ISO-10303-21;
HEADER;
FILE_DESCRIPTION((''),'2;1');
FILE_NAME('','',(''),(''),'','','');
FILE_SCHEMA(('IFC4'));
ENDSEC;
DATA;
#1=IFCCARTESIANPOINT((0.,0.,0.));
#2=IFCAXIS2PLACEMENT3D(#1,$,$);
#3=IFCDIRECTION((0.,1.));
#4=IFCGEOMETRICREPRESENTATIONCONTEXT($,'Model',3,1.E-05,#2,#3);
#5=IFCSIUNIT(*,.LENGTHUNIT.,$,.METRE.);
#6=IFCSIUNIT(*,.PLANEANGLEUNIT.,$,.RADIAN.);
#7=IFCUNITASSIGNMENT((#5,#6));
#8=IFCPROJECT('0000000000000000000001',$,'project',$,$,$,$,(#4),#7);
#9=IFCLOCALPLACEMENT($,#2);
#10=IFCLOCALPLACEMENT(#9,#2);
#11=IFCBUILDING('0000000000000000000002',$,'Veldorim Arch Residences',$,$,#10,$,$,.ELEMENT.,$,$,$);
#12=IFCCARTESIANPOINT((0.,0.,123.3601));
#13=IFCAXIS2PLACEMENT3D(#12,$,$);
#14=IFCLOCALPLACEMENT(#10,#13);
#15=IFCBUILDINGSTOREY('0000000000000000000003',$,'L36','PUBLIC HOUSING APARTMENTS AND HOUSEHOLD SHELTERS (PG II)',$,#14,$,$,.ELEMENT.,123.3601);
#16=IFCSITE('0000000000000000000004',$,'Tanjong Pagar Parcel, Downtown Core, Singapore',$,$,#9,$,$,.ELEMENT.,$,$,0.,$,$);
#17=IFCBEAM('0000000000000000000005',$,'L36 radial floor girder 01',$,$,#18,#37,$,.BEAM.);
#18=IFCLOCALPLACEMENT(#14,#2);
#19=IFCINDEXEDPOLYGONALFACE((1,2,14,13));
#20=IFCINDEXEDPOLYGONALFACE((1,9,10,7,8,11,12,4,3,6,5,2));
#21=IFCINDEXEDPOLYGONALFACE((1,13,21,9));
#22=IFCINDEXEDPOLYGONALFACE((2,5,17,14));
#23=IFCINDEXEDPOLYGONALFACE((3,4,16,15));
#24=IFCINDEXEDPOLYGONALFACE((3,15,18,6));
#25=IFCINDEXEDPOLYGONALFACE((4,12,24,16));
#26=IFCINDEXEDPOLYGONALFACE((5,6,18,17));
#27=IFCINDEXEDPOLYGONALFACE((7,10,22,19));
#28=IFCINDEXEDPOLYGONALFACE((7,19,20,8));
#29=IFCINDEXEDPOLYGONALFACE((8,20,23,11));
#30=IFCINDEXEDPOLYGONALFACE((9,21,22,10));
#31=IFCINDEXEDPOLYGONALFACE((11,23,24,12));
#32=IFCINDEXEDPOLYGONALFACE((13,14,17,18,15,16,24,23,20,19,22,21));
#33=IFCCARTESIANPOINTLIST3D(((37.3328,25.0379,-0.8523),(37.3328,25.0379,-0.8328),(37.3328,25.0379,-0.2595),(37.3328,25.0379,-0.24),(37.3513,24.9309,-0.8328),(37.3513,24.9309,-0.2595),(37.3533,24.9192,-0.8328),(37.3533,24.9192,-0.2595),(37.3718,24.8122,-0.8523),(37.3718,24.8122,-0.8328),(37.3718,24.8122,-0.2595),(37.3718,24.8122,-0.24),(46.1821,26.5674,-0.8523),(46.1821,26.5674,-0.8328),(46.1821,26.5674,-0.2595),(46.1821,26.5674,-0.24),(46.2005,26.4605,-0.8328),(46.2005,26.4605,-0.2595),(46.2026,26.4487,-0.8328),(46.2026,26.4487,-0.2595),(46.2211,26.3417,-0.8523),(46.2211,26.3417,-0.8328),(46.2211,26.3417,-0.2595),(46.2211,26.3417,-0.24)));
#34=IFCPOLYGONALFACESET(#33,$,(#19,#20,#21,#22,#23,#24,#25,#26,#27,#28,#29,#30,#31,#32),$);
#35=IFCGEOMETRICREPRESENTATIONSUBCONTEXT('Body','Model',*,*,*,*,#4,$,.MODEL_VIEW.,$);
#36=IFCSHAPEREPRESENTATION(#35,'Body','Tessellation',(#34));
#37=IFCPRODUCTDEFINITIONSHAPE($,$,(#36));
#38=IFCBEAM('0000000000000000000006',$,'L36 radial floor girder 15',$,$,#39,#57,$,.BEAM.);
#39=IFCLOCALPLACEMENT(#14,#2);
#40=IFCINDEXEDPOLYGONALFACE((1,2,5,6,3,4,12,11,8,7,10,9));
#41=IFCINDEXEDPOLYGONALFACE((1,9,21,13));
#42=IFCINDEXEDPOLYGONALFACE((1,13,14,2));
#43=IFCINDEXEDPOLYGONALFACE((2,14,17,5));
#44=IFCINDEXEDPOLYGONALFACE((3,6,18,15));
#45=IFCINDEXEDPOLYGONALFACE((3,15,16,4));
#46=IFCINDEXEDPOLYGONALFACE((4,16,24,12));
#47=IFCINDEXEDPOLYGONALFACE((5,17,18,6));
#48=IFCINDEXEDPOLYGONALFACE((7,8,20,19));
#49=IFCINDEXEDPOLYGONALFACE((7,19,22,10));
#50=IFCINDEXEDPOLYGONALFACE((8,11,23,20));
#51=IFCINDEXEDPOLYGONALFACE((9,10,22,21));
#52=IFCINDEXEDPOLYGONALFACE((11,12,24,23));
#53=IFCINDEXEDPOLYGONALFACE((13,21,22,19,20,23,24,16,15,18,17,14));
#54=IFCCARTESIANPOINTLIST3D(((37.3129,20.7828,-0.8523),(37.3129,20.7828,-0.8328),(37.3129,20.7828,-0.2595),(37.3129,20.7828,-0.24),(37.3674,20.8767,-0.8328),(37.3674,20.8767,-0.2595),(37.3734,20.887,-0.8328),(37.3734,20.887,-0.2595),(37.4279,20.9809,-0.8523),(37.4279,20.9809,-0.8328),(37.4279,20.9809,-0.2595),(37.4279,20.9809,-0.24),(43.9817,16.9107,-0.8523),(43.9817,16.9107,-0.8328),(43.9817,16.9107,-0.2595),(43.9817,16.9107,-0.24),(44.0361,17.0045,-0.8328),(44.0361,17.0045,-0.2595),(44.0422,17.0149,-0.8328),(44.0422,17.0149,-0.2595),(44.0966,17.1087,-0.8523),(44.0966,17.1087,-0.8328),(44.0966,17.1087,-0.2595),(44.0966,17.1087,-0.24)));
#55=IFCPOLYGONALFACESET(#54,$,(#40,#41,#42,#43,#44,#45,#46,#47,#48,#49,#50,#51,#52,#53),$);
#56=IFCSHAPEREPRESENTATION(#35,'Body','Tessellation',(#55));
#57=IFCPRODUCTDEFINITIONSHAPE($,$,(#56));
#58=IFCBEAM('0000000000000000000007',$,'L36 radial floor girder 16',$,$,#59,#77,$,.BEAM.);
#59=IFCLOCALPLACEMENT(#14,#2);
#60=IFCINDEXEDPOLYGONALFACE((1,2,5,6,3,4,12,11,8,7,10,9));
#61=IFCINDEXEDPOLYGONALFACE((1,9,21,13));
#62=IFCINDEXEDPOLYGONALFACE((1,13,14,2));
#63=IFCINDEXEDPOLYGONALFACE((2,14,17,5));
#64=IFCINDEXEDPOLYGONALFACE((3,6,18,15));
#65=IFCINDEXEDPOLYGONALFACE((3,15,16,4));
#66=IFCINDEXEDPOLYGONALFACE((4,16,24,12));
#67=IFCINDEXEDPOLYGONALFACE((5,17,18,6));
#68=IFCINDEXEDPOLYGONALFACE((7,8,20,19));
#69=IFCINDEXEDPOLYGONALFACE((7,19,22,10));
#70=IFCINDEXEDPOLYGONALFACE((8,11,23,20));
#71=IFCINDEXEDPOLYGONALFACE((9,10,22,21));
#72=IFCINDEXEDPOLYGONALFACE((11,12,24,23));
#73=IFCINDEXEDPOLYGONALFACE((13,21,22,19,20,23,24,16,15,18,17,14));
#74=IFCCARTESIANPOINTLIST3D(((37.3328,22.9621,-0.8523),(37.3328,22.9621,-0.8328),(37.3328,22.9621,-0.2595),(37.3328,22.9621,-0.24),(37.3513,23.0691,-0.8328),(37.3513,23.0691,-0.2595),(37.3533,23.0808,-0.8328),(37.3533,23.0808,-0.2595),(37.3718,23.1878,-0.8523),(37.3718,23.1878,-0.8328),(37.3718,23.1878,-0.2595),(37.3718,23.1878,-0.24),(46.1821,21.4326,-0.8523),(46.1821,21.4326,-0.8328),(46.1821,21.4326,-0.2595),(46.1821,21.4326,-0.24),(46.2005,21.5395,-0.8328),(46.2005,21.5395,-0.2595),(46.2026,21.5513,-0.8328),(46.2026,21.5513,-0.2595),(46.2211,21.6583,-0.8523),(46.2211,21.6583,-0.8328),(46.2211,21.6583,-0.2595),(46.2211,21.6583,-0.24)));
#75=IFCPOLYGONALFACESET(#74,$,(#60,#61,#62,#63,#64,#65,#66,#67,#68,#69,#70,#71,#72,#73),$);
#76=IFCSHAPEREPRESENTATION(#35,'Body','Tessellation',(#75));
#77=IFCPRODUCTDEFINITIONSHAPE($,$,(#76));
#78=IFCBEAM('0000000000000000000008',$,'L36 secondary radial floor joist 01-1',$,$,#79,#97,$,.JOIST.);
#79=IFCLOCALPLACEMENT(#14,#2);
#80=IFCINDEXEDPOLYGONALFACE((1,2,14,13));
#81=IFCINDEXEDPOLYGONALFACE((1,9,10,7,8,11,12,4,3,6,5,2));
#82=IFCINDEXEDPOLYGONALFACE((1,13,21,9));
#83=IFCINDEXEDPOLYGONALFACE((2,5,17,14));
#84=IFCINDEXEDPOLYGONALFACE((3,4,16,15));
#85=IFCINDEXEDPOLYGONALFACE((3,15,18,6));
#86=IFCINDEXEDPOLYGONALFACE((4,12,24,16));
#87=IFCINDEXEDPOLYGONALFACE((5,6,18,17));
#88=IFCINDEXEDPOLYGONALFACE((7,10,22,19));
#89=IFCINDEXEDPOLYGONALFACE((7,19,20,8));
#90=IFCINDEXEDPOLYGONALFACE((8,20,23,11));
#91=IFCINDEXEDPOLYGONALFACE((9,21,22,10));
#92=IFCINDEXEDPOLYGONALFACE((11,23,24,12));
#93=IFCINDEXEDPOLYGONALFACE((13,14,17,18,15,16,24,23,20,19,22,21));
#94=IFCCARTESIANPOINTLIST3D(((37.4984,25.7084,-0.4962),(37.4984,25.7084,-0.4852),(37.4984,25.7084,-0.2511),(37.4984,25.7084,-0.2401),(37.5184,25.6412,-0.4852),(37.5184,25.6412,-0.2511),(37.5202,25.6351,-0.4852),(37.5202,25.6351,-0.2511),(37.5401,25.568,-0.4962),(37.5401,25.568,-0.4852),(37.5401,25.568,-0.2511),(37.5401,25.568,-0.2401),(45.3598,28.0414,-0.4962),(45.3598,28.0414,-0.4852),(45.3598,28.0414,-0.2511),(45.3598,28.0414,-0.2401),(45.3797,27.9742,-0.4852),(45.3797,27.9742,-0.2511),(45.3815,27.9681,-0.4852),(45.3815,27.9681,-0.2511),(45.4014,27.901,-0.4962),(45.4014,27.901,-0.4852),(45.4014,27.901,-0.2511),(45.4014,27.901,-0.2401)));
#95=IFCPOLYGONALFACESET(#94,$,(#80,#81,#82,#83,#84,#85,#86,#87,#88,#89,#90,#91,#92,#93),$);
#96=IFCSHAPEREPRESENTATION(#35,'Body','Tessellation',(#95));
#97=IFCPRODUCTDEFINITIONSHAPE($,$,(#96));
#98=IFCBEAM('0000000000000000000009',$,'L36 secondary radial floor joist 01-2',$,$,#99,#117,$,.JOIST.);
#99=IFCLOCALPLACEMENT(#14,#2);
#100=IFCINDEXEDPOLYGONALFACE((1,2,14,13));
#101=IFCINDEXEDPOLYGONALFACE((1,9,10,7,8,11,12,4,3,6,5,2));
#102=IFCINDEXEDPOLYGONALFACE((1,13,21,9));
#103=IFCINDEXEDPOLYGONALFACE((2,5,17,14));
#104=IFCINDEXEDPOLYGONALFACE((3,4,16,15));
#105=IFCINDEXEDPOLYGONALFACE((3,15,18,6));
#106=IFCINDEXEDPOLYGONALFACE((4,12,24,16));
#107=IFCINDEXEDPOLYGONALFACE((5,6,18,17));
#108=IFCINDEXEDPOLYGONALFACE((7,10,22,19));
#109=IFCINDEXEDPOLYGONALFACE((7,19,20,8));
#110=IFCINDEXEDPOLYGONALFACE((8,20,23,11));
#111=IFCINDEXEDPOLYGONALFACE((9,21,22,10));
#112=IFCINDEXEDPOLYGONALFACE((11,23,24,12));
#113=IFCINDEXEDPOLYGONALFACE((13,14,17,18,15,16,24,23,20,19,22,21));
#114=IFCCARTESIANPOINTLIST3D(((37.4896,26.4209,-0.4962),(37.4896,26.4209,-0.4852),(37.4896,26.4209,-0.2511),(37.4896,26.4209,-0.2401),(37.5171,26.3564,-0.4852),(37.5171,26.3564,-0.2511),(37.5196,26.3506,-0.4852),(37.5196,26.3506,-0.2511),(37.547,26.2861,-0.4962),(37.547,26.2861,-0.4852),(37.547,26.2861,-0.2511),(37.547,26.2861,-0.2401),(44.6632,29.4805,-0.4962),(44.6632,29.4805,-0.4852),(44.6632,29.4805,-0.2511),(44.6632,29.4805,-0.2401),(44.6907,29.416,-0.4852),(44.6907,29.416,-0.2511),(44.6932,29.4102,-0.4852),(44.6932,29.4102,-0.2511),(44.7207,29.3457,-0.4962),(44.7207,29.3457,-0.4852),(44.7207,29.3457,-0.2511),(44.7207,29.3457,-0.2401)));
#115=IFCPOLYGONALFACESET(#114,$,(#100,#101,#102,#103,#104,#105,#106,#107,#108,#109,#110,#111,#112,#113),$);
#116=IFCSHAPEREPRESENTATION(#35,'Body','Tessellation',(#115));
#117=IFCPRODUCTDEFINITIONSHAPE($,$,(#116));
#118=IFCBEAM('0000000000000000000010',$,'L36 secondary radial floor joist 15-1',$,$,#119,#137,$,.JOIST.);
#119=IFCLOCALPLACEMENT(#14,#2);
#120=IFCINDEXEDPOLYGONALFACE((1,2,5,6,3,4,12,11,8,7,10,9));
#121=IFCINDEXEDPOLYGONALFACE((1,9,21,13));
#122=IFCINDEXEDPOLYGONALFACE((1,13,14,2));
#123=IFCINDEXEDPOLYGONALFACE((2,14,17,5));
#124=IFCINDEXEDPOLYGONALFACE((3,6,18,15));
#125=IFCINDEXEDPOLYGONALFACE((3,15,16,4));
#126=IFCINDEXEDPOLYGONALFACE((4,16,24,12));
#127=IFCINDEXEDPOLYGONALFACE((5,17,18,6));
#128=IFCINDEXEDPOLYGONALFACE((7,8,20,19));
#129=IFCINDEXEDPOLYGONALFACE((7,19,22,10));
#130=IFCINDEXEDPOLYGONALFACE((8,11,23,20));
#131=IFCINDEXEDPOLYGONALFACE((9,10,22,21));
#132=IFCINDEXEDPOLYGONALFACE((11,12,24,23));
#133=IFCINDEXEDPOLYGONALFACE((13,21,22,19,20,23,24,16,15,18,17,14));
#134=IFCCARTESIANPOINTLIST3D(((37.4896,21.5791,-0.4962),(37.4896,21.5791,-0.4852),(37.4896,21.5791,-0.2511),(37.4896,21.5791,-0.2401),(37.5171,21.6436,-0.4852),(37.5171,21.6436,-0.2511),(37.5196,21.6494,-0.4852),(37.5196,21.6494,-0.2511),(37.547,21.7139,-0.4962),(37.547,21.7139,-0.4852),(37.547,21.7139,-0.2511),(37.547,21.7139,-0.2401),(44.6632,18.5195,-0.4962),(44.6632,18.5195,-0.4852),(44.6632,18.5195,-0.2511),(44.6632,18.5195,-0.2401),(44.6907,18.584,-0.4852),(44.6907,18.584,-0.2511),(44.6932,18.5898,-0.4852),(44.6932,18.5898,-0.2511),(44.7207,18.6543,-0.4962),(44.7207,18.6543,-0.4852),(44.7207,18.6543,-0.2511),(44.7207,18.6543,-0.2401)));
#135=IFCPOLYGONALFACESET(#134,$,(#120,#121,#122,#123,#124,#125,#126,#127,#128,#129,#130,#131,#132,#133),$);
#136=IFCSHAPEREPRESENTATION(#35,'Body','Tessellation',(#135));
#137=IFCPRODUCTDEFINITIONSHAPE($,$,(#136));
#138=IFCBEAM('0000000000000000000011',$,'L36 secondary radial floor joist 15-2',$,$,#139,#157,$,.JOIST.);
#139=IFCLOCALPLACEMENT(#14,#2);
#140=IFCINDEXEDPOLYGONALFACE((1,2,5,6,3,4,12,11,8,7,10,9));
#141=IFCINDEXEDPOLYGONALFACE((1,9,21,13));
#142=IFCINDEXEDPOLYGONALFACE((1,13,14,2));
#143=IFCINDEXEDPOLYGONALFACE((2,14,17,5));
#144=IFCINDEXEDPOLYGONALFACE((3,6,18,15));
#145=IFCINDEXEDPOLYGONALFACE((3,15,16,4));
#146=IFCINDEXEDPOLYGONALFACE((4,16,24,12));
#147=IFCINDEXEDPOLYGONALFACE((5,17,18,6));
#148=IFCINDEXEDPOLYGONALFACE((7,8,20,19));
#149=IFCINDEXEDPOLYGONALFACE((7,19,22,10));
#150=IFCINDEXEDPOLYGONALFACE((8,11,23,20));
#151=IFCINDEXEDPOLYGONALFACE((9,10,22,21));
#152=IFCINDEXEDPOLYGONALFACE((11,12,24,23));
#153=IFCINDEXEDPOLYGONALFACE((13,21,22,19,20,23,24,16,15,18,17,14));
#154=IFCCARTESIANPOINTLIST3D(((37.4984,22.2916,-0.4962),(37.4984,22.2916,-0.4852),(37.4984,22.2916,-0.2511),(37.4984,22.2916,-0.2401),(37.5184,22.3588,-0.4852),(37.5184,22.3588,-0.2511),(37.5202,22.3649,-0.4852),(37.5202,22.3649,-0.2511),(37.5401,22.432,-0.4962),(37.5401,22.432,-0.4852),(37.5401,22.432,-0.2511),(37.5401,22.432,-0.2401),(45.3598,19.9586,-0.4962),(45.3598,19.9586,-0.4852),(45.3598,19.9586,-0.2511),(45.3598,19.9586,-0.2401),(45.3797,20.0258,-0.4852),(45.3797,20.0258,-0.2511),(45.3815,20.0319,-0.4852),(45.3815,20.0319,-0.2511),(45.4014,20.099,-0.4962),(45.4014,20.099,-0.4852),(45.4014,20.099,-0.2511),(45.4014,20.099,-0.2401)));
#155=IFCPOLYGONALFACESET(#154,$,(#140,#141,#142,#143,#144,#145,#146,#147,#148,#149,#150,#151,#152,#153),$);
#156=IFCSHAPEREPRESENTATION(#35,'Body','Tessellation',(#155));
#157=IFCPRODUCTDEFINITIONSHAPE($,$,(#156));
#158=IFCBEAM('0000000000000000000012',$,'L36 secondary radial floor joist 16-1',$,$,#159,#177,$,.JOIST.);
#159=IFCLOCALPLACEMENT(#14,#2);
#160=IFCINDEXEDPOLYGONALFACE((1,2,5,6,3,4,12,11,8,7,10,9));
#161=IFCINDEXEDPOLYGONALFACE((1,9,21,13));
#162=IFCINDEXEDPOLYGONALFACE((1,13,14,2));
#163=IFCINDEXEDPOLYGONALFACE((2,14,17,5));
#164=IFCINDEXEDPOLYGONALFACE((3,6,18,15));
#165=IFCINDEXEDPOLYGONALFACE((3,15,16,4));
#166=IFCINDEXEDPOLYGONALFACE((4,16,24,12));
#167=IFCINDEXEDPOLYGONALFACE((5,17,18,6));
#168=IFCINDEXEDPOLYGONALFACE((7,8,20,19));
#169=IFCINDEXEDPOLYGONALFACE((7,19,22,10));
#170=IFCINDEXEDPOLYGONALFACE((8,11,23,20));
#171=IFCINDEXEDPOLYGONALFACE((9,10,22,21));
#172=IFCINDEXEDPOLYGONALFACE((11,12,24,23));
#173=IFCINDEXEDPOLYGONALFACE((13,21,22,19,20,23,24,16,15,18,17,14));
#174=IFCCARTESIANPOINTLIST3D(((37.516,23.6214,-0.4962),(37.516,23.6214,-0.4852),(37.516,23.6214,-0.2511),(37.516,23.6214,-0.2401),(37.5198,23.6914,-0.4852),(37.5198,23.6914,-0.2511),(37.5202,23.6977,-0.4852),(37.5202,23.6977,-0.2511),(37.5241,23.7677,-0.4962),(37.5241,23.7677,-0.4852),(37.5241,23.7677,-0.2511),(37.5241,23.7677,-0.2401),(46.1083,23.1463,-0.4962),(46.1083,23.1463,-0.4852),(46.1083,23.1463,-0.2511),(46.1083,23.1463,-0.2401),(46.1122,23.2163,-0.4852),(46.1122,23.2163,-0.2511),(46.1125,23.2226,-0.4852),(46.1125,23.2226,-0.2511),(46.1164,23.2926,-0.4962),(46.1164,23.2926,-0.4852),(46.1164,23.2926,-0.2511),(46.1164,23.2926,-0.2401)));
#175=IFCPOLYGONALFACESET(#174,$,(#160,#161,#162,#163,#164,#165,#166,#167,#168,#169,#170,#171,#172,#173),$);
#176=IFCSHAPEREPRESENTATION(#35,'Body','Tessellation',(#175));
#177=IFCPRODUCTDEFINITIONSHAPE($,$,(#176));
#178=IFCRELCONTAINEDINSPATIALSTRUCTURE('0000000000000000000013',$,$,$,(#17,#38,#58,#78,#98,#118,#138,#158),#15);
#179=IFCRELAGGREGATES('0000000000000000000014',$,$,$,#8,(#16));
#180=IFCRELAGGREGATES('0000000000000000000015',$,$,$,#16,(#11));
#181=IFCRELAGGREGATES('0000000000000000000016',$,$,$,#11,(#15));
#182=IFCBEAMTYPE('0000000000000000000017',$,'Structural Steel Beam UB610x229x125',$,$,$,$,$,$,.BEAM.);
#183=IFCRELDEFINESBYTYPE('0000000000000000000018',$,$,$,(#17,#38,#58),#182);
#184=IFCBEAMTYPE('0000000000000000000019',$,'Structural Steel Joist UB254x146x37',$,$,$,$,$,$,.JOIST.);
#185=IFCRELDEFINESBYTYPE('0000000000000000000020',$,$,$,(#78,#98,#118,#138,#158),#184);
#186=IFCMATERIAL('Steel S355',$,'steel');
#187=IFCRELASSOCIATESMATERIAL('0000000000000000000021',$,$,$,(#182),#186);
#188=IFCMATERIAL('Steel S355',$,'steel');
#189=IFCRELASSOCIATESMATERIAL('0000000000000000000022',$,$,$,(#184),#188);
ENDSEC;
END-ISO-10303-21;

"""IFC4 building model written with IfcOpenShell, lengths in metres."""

from ifc_helpers import new_model, si_unit, direction, frame, origin, origin_2d, place, context, subcontext, project, spatial, i_section, extrude, material, material_profile, profile_set, type_object, element, save


model = new_model("IFC4")

# Units and contexts
model_context = context("Model", 3, precision=1e-05, world=origin(), true_north=direction((0.0, 1.0)))
body_context = subcontext(model_context, "Body", "Model", "MODEL_VIEW")
ifc_project = project(units=[si_unit("LENGTHUNIT", "METRE"), si_unit("PLANEANGLEUNIT", "RADIAN")], contexts=[model_context])

# Site, building, storey
site_placement = place(None, origin())
site = spatial("IfcSite", under=ifc_project, at=site_placement, Name="Tanjong Pagar Parcel, Downtown Core, Singapore", CompositionType="ELEMENT", RefElevation=0.0)
building_placement = place(site_placement, origin())
building = spatial("IfcBuilding", under=site, at=building_placement, Name="Veldorim Arch Residences", CompositionType="ELEMENT")
storey_placement = place(building_placement, frame((0.0, 0.0, 123.3601)))
storey = spatial("IfcBuildingStorey", under=building, at=storey_placement, Name="L36", Description="PUBLIC HOUSING APARTMENTS AND HOUSEHOLD SHELTERS (PG II)", CompositionType="ELEMENT", Elevation=123.3601)

# Beams
ifc_material_1 = material(Name="Steel S355", Category="steel")
ifc_material_profile_1 = material_profile(ifc_material_1, i_section(OverallWidth=0.229, OverallDepth=0.6123, WebThickness=0.012, FlangeThickness=0.0195, at=origin_2d()), Name="UB610x229x125")
ifc_profile_set_1 = profile_set([ifc_material_profile_1], Name="Steel S355")
beam_type_1 = type_object("IfcBeamType", Name="Structural Steel Beam UB610x229x125", PredefinedType="BEAM", material=ifc_profile_set_1)
beam_1_placement = place(storey_placement, frame((37.3523, 24.925, -0.5461), z_axis=(0.985389, 0.170317, 0.0), x_axis=(-0.170317, 0.985389, 0.0)))
element("IfcBeam", 1, at=beam_1_placement, inside=storey, type_object=beam_type_1, Name="L36 radial floor girder 01", PredefinedType="BEAM", context=body_context, shape_type="SweptSolid", body=[
    extrude(i_section(OverallWidth=0.229, OverallDepth=0.6123, WebThickness=0.012, FlangeThickness=0.0195, at=origin_2d()), origin(), (0.0, 0.0, 1.0), 8.9805),
])
beam_2_placement = place(storey_placement, frame((37.3704, 20.8818, -0.5461), z_axis=(0.864793, -0.502128, 0.0), x_axis=(0.502128, 0.864793, 0.0)))
element("IfcBeam", 2, at=beam_2_placement, inside=storey, type_object=beam_type_1, Name="L36 radial floor girder 15", PredefinedType="BEAM", context=body_context, shape_type="SweptSolid", body=[
    extrude(i_section(OverallWidth=0.229, OverallDepth=0.6123, WebThickness=0.012, FlangeThickness=0.0195, at=origin_2d()), origin(), (0.0, 0.0, 1.0), 7.7114),
])
beam_3_placement = place(storey_placement, frame((37.3523, 23.075, -0.5461), z_axis=(0.985389, -0.170317, 0.0), x_axis=(0.170317, 0.985389, 0.0)))
element("IfcBeam", 3, at=beam_3_placement, inside=storey, type_object=beam_type_1, Name="L36 radial floor girder 16", PredefinedType="BEAM", context=body_context, shape_type="SweptSolid", body=[
    extrude(i_section(OverallWidth=0.229, OverallDepth=0.6123, WebThickness=0.012, FlangeThickness=0.0195, at=origin_2d()), origin(), (0.0, 0.0, 1.0), 8.9805),
])
ifc_material_2 = material(Name="Steel S355", Category="steel")
ifc_material_profile_2 = material_profile(ifc_material_2, i_section(OverallWidth=0.1465, OverallDepth=0.2561, WebThickness=0.0063, FlangeThickness=0.011, at=origin_2d()), Name="UB254x146x37")
ifc_profile_set_2 = profile_set([ifc_material_profile_2], Name="Steel S355")
beam_type_2 = type_object("IfcBeamType", Name="Structural Steel Joist UB254x146x37", PredefinedType="JOIST", material=ifc_profile_set_2)
beam_4_placement = place(storey_placement, frame((37.5193, 25.6382, -0.3682), z_axis=(0.958674, 0.284506, 0.0), x_axis=(-0.284506, 0.958674, 0.0)))
element("IfcBeam", 4, at=beam_4_placement, inside=storey, type_object=beam_type_2, Name="L36 secondary radial floor joist 01-1", PredefinedType="JOIST", context=body_context, shape_type="SweptSolid", body=[
    extrude(i_section(OverallWidth=0.1465, OverallDepth=0.2561, WebThickness=0.0063, FlangeThickness=0.011, at=origin_2d()), origin(), (0.0, 0.0, 1.0), 8.2002),
])
for number, where, z_axis, x_axis, name in (
    (5, (37.5183, 26.3535, -0.3682), (0.919832, 0.392313, 0.0), (-0.392313, 0.919832, 0.0), "L36 secondary radial floor joist 01-2"),
    (6, (37.5183, 21.6465, -0.3682), (0.919832, -0.392313, 0.0), (0.392313, 0.919832, 0.0), "L36 secondary radial floor joist 15-1"),
):
    element("IfcBeam", number, at=place(storey_placement, frame(where, z_axis=z_axis, x_axis=x_axis)), inside=storey, type_object=beam_type_2, Name=name, PredefinedType="JOIST", context=body_context, shape_type="SweptSolid", body=[
        extrude(i_section(OverallWidth=0.1465, OverallDepth=0.2561, WebThickness=0.0063, FlangeThickness=0.011, at=origin_2d()), origin(), (0.0, 0.0, 1.0), 7.7988),
    ])
beam_5_placement = place(storey_placement, frame((37.5193, 22.3618, -0.3682), z_axis=(0.958674, -0.284506, 0.0), x_axis=(0.284506, 0.958674, 0.0)))
element("IfcBeam", 7, at=beam_5_placement, inside=storey, type_object=beam_type_2, Name="L36 secondary radial floor joist 15-2", PredefinedType="JOIST", context=body_context, shape_type="SweptSolid", body=[
    extrude(i_section(OverallWidth=0.1465, OverallDepth=0.2561, WebThickness=0.0063, FlangeThickness=0.011, at=origin_2d()), origin(), (0.0, 0.0, 1.0), 8.2002),
])
beam_6_placement = place(storey_placement, frame((37.52, 23.6946, -0.3682), z_axis=(0.998475, -0.055209, 0.0), x_axis=(0.055209, 0.998475, 0.0)))
element("IfcBeam", 8, at=beam_6_placement, inside=storey, type_object=beam_type_2, Name="L36 secondary radial floor joist 16-1", PredefinedType="JOIST", context=body_context, shape_type="SweptSolid", body=[
    extrude(i_section(OverallWidth=0.1465, OverallDepth=0.2561, WebThickness=0.0063, FlangeThickness=0.011, at=origin_2d()), origin(), (0.0, 0.0, 1.0), 8.6055),
])

save(model, "model.ifc")
